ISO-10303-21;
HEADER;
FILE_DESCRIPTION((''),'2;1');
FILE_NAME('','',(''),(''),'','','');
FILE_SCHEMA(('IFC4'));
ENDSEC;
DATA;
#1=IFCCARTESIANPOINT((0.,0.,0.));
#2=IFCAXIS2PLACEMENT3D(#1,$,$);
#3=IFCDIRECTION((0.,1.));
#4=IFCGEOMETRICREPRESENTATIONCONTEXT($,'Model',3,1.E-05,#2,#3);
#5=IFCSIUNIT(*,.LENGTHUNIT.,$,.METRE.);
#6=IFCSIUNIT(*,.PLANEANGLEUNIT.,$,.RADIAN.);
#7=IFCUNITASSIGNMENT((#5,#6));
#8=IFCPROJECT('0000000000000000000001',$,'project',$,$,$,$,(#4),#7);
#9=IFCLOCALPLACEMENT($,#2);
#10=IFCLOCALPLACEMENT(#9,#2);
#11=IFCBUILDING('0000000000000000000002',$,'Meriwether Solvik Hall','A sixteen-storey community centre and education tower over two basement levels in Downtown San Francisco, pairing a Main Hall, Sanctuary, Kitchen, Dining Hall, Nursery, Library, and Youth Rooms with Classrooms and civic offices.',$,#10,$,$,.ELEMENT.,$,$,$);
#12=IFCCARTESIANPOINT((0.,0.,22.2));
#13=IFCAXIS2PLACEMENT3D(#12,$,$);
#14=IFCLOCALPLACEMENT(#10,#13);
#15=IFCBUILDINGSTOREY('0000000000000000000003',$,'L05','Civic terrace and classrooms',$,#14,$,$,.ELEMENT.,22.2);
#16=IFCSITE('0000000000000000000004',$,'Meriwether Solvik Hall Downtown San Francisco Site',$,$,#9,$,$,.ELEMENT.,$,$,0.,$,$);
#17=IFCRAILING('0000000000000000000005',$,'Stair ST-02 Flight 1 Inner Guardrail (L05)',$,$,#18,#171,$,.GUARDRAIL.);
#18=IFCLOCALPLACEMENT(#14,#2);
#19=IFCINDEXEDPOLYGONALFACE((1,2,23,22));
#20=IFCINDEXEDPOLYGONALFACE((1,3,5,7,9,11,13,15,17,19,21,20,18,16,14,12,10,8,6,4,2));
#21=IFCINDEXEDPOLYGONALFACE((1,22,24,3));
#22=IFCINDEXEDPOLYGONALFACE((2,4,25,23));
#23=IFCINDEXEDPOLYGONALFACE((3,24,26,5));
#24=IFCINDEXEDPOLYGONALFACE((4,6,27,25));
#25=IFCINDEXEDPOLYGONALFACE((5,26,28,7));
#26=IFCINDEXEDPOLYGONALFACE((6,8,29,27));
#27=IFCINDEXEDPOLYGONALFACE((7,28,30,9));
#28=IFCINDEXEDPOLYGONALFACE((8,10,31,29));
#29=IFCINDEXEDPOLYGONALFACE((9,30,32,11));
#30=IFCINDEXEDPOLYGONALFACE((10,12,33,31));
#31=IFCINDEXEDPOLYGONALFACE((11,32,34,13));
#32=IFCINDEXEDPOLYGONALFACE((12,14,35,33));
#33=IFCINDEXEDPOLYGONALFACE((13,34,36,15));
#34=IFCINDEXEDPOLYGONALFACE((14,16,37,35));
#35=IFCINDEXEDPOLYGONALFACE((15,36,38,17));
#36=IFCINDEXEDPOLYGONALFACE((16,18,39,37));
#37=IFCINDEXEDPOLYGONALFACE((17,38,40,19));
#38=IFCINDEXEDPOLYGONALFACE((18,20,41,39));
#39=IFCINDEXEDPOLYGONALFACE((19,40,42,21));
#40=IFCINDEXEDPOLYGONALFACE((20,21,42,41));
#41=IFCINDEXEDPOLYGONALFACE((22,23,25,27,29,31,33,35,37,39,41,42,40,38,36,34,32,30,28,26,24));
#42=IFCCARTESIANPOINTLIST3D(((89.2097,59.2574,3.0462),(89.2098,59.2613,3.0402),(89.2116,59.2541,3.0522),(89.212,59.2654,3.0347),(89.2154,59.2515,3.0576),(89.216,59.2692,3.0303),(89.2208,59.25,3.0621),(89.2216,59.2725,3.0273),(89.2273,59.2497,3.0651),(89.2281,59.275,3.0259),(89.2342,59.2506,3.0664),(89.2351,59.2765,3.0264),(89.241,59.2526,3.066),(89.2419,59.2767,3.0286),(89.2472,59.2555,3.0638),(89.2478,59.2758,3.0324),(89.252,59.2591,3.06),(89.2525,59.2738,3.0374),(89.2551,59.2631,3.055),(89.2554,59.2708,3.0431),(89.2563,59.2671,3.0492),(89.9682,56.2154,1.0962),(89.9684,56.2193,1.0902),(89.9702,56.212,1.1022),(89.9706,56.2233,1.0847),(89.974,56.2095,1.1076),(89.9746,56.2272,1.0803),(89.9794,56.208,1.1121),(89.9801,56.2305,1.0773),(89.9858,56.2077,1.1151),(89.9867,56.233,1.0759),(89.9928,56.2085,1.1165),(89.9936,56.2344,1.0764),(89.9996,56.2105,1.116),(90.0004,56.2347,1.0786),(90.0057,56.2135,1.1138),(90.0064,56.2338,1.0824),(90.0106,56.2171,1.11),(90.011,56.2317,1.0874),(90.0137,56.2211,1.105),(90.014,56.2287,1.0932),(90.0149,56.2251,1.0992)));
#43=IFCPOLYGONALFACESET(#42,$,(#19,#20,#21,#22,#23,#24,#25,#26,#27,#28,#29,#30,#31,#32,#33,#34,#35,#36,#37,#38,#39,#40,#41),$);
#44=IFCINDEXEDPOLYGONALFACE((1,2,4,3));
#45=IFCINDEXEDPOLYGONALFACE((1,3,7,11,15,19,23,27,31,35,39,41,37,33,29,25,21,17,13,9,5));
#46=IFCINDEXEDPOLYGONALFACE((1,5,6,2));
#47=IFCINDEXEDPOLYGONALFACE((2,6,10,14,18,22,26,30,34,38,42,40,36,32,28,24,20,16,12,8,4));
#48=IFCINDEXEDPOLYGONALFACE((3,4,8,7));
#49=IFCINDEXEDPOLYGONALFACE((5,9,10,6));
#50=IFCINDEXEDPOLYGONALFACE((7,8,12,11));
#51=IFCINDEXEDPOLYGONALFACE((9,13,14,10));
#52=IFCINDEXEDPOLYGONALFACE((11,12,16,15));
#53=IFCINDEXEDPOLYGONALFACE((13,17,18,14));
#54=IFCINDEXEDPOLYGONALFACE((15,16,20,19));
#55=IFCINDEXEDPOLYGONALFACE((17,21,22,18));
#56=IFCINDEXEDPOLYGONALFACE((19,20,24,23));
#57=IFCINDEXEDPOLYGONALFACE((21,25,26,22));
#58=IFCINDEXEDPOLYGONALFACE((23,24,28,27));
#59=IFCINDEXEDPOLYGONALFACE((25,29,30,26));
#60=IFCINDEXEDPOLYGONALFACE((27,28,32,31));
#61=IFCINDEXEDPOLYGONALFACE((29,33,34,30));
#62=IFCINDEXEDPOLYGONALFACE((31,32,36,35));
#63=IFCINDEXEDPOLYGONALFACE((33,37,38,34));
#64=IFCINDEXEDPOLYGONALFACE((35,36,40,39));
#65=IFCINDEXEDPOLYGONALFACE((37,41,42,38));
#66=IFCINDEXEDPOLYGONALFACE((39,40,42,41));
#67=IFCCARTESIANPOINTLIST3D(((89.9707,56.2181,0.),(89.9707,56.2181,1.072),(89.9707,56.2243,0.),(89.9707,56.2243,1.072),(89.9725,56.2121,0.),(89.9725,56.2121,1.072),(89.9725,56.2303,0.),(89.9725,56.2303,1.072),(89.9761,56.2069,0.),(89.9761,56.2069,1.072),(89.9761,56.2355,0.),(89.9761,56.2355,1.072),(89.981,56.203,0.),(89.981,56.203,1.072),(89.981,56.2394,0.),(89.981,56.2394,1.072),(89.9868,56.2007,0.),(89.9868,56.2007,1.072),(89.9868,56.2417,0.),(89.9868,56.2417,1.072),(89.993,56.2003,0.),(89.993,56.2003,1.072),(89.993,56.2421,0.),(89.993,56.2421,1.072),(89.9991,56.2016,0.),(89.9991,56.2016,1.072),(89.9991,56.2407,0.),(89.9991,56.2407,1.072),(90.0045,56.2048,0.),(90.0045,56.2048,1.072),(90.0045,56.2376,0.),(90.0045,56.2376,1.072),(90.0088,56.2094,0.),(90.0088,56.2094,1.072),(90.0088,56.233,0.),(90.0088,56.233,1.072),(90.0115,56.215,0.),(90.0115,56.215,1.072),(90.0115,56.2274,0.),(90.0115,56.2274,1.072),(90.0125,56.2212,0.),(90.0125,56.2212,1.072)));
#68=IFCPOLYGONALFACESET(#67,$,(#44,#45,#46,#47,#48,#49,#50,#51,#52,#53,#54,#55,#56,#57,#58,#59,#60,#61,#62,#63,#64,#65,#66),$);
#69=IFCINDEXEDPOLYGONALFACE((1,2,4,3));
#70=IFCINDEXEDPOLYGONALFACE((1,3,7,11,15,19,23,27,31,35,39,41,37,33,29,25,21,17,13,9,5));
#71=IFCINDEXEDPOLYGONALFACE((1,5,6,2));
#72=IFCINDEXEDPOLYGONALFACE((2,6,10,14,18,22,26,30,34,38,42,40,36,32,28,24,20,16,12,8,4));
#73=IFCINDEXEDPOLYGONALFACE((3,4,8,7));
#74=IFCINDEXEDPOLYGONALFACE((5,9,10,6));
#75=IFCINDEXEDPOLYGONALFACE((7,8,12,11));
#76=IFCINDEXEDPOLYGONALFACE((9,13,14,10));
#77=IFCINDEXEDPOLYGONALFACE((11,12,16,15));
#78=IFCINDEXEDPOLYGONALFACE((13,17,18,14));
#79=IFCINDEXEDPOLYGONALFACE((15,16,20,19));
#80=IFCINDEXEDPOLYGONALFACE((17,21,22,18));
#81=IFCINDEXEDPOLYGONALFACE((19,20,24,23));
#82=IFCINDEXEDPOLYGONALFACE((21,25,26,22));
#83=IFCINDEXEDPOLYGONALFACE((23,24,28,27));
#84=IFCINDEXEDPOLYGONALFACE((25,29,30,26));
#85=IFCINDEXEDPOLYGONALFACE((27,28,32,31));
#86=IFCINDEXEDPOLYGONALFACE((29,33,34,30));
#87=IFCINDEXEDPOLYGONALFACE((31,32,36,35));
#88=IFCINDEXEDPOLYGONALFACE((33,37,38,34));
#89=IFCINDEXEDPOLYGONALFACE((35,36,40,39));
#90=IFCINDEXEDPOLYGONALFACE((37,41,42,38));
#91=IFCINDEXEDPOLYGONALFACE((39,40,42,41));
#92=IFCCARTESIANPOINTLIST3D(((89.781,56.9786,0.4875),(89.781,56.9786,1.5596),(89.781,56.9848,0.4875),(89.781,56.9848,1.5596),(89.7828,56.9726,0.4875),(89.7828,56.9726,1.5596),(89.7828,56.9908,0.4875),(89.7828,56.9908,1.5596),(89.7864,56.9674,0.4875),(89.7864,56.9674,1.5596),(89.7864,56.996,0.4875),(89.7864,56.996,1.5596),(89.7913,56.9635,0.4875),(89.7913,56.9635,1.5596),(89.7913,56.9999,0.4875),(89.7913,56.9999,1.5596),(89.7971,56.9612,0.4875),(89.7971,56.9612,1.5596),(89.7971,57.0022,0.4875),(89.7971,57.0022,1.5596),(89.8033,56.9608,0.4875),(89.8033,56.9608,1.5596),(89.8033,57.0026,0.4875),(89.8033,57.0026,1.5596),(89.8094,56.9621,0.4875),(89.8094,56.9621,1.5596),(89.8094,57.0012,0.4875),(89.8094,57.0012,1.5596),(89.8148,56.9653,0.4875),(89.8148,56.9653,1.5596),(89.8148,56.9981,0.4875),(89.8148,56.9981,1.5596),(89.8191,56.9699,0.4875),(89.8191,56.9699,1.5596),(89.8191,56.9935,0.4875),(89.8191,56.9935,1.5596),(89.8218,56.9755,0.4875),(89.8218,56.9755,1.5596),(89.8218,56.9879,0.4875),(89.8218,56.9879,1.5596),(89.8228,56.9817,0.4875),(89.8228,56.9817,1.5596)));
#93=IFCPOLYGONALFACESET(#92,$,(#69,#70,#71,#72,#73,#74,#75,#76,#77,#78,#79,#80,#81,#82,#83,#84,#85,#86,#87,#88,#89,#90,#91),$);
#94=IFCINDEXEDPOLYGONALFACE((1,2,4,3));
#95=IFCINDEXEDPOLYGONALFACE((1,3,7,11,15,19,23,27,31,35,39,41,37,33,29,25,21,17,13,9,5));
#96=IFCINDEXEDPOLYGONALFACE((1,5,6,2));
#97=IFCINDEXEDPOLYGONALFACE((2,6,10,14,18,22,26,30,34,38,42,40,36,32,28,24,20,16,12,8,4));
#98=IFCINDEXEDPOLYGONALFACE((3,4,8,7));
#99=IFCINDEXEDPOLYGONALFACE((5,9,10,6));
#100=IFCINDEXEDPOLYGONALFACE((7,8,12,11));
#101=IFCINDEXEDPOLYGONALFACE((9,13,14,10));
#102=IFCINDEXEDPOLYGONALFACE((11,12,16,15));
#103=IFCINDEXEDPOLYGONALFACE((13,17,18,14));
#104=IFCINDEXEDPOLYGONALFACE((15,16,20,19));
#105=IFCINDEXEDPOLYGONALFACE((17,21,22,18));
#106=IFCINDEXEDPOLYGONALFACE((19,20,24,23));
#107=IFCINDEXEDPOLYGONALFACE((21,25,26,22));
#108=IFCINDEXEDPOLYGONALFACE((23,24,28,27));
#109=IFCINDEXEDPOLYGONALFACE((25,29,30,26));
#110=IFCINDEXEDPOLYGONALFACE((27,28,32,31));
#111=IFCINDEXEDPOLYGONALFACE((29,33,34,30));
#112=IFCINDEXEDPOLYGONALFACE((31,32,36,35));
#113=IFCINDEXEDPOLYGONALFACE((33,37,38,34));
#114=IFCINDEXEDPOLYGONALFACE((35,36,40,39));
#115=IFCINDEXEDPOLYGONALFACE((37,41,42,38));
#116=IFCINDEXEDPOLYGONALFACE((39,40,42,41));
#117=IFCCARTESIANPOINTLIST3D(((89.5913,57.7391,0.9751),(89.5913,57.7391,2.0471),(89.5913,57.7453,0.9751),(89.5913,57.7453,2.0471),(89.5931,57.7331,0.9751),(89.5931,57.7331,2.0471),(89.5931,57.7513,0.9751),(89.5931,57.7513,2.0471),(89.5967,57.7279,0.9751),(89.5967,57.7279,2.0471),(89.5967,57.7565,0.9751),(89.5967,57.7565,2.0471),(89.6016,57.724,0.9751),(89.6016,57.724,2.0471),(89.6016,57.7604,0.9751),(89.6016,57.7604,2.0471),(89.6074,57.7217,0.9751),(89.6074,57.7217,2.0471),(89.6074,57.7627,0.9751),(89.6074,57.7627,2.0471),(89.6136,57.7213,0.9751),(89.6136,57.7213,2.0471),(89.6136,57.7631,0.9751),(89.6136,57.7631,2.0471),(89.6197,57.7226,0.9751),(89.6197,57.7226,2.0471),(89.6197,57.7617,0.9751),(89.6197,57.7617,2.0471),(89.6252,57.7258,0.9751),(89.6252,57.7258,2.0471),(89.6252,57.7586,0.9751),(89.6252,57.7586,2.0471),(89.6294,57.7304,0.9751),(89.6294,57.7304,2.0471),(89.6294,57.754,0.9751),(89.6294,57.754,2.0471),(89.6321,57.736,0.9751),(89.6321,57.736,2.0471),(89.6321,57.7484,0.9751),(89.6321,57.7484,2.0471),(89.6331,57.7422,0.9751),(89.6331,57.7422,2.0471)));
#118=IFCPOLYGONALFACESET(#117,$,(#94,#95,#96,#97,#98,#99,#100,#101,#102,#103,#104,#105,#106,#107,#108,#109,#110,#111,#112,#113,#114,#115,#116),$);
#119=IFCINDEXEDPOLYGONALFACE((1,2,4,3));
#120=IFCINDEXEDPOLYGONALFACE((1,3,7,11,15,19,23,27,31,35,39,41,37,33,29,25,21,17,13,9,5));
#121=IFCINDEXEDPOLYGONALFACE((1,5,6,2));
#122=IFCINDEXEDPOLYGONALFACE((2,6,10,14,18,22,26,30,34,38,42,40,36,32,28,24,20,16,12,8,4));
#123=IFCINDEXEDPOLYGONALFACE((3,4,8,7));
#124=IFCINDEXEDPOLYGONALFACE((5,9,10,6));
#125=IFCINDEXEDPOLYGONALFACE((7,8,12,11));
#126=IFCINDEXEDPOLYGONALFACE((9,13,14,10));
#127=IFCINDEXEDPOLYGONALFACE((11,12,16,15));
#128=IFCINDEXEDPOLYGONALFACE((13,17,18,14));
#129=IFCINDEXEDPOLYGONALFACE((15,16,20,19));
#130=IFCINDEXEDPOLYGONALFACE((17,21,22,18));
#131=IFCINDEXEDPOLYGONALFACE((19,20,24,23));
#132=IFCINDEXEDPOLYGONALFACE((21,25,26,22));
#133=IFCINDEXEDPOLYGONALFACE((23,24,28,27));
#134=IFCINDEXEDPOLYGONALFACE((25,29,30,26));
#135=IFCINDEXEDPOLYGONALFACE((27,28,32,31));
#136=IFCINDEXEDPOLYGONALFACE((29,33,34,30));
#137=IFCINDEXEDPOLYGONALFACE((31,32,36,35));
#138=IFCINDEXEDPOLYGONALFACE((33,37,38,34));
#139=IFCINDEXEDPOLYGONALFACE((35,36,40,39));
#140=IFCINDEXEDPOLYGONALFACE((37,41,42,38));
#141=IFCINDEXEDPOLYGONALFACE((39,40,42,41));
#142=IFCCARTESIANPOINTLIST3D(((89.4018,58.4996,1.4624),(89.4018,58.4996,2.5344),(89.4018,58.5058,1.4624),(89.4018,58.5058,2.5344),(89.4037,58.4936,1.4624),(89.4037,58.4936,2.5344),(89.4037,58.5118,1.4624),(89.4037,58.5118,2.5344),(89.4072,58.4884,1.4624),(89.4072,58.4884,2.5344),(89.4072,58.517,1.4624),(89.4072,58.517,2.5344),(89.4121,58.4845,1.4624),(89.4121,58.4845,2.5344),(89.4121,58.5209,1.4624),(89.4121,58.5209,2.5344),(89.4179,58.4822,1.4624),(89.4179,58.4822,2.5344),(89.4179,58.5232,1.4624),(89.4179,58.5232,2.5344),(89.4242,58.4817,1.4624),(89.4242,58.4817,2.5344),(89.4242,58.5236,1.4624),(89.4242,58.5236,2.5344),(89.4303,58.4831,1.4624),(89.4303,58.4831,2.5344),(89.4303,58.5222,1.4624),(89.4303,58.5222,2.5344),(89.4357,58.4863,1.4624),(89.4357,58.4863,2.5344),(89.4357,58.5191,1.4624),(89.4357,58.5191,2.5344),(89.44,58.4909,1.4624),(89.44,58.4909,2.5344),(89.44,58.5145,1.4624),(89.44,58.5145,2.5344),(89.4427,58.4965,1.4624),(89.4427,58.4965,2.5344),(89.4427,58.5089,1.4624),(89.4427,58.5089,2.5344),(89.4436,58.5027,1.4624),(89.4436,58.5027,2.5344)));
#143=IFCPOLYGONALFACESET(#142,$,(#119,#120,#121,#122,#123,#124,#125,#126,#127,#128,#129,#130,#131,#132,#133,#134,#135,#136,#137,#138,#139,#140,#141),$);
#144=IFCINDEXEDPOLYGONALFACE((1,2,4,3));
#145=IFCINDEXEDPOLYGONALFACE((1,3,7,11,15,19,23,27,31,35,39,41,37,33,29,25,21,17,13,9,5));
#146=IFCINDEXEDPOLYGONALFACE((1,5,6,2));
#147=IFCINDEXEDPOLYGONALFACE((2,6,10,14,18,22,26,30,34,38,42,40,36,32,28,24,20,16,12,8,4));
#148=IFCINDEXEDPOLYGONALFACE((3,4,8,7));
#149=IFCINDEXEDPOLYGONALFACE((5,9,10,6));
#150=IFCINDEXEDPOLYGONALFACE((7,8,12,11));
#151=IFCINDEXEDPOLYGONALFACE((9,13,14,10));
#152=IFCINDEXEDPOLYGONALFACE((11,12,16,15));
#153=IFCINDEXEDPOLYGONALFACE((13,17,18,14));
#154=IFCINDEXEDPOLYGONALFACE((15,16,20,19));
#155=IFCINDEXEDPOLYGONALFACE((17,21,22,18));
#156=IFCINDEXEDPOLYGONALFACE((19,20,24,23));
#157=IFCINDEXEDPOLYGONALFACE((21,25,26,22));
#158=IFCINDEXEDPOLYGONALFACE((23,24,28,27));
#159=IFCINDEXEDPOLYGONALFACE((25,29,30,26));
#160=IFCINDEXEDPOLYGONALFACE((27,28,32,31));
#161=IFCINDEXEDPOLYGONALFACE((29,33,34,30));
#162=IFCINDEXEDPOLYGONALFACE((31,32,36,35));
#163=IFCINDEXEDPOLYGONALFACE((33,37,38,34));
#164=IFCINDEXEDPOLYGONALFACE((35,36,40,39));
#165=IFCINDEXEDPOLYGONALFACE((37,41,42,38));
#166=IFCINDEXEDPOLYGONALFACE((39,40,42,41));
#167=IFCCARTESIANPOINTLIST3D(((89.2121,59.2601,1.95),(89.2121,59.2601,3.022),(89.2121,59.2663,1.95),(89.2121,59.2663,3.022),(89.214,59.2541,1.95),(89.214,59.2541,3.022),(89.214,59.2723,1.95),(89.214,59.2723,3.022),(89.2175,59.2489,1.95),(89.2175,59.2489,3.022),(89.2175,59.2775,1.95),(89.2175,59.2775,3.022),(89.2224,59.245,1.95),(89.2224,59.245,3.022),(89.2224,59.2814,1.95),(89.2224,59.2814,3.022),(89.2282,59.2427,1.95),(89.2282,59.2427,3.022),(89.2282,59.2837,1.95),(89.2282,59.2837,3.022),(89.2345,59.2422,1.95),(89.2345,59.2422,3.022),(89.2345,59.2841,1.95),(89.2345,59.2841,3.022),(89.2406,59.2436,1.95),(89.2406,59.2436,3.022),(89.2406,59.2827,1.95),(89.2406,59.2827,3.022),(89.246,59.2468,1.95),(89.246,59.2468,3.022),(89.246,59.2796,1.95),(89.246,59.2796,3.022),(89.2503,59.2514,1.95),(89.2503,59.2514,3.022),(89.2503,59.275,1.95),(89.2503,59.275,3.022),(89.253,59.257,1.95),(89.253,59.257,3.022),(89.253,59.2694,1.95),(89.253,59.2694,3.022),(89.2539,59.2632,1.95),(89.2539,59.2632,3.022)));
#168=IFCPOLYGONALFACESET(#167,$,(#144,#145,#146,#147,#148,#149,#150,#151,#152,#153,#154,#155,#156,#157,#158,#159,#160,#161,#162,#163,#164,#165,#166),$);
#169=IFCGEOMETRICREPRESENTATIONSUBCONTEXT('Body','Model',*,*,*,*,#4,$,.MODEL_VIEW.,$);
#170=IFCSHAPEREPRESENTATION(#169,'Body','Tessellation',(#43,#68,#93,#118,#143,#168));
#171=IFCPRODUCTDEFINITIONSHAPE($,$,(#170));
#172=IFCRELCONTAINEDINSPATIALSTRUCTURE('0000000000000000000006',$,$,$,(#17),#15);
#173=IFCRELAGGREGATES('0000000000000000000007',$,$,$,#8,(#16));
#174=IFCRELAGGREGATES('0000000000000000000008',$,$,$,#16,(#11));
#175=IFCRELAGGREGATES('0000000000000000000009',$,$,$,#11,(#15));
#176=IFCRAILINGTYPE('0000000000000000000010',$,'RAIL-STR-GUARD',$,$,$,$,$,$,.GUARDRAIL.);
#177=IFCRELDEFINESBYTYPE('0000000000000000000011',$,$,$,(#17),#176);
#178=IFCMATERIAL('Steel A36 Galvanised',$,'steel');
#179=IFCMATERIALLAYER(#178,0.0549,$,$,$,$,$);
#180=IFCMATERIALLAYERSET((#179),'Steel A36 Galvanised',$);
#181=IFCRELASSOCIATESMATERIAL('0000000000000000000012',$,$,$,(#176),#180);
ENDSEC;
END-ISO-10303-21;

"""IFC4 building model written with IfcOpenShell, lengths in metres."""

from ifc_helpers import new_model, si_unit, direction, frame, origin, origin_2d, place, context, subcontext, project, spatial, circle, extrude, material, layer, layer_set, type_object, element, save


model = new_model("IFC4")

# Units and contexts
model_context = context("Model", 3, precision=1e-05, world=origin(), true_north=direction((0.0, 1.0)))
body_context = subcontext(model_context, "Body", "Model", "MODEL_VIEW")
ifc_project = project(units=[si_unit("LENGTHUNIT", "METRE"), si_unit("PLANEANGLEUNIT", "RADIAN")], contexts=[model_context])

# Site, building, storey
site_placement = place(None, origin())
site = spatial("IfcSite", under=ifc_project, at=site_placement, Name="Meriwether Solvik Hall Downtown San Francisco Site", CompositionType="ELEMENT", RefElevation=0.0)
building_placement = place(site_placement, origin())
building = spatial("IfcBuilding", under=site, at=building_placement, Name="Meriwether Solvik Hall", Description="A sixteen-storey community centre and education tower over two basement levels in Downtown San Francisco, pairing a Main Hall, Sanctuary, Kitchen, Dining Hall, Nursery, Library, and Youth Rooms with Classrooms and civic offices.", CompositionType="ELEMENT")
storey_placement = place(building_placement, frame((0.0, 0.0, 22.2)))
storey = spatial("IfcBuildingStorey", under=building, at=storey_placement, Name="L05", Description="Civic terrace and classrooms", CompositionType="ELEMENT", Elevation=22.2)

# Railing
ifc_material_1 = material(Name="Steel A36 Galvanised", Category="steel")
ifc_layer_1 = layer(ifc_material_1, 0.0549)
ifc_layer_set_1 = layer_set([ifc_layer_1], Name="Steel A36 Galvanised")
railing_type_1 = type_object("IfcRailingType", Name="RAIL-STR-GUARD", PredefinedType="GUARDRAIL", material=ifc_layer_set_1)
railing_1_placement = place(storey_placement, frame((89.9915, 56.2212, 0.0)))
element("IfcRailing", 1, at=railing_1_placement, inside=storey, type_object=railing_type_1, Name="Stair ST-02 Flight 1 Inner Guardrail (L05)", PredefinedType="GUARDRAIL", context=body_context, shape_type="SweptSolid", body=[
    extrude(circle(Radius=0.0239, at=origin_2d()), frame((0.0, 0.0, 1.0962), z_axis=(-0.205452, 0.823925, 0.528145), x_axis=(-0.970289, -0.241949, 0.0)), (0.0, 0.0, 1.0), 3.6921),
    extrude(circle(Radius=0.021, at=origin_2d()), origin(), (0.0, 0.0, 1.0), 1.072),
    extrude(circle(Radius=0.021, at=origin_2d()), frame((-0.1897, 0.7605, 0.4875)), (0.0, 0.0, 1.0), 1.072),
    extrude(circle(Radius=0.021, at=origin_2d()), frame((-0.3794, 1.521, 0.9751)), (0.0, 0.0, 1.0), 1.072),
    extrude(circle(Radius=0.021, at=origin_2d()), frame((-0.5688, 2.2815, 1.4624)), (0.0, 0.0, 1.0), 1.072),
    extrude(circle(Radius=0.021, at=origin_2d()), frame((-0.7585, 3.042, 1.95)), (0.0, 0.0, 1.0), 1.072),
])

save(model, "model.ifc")
